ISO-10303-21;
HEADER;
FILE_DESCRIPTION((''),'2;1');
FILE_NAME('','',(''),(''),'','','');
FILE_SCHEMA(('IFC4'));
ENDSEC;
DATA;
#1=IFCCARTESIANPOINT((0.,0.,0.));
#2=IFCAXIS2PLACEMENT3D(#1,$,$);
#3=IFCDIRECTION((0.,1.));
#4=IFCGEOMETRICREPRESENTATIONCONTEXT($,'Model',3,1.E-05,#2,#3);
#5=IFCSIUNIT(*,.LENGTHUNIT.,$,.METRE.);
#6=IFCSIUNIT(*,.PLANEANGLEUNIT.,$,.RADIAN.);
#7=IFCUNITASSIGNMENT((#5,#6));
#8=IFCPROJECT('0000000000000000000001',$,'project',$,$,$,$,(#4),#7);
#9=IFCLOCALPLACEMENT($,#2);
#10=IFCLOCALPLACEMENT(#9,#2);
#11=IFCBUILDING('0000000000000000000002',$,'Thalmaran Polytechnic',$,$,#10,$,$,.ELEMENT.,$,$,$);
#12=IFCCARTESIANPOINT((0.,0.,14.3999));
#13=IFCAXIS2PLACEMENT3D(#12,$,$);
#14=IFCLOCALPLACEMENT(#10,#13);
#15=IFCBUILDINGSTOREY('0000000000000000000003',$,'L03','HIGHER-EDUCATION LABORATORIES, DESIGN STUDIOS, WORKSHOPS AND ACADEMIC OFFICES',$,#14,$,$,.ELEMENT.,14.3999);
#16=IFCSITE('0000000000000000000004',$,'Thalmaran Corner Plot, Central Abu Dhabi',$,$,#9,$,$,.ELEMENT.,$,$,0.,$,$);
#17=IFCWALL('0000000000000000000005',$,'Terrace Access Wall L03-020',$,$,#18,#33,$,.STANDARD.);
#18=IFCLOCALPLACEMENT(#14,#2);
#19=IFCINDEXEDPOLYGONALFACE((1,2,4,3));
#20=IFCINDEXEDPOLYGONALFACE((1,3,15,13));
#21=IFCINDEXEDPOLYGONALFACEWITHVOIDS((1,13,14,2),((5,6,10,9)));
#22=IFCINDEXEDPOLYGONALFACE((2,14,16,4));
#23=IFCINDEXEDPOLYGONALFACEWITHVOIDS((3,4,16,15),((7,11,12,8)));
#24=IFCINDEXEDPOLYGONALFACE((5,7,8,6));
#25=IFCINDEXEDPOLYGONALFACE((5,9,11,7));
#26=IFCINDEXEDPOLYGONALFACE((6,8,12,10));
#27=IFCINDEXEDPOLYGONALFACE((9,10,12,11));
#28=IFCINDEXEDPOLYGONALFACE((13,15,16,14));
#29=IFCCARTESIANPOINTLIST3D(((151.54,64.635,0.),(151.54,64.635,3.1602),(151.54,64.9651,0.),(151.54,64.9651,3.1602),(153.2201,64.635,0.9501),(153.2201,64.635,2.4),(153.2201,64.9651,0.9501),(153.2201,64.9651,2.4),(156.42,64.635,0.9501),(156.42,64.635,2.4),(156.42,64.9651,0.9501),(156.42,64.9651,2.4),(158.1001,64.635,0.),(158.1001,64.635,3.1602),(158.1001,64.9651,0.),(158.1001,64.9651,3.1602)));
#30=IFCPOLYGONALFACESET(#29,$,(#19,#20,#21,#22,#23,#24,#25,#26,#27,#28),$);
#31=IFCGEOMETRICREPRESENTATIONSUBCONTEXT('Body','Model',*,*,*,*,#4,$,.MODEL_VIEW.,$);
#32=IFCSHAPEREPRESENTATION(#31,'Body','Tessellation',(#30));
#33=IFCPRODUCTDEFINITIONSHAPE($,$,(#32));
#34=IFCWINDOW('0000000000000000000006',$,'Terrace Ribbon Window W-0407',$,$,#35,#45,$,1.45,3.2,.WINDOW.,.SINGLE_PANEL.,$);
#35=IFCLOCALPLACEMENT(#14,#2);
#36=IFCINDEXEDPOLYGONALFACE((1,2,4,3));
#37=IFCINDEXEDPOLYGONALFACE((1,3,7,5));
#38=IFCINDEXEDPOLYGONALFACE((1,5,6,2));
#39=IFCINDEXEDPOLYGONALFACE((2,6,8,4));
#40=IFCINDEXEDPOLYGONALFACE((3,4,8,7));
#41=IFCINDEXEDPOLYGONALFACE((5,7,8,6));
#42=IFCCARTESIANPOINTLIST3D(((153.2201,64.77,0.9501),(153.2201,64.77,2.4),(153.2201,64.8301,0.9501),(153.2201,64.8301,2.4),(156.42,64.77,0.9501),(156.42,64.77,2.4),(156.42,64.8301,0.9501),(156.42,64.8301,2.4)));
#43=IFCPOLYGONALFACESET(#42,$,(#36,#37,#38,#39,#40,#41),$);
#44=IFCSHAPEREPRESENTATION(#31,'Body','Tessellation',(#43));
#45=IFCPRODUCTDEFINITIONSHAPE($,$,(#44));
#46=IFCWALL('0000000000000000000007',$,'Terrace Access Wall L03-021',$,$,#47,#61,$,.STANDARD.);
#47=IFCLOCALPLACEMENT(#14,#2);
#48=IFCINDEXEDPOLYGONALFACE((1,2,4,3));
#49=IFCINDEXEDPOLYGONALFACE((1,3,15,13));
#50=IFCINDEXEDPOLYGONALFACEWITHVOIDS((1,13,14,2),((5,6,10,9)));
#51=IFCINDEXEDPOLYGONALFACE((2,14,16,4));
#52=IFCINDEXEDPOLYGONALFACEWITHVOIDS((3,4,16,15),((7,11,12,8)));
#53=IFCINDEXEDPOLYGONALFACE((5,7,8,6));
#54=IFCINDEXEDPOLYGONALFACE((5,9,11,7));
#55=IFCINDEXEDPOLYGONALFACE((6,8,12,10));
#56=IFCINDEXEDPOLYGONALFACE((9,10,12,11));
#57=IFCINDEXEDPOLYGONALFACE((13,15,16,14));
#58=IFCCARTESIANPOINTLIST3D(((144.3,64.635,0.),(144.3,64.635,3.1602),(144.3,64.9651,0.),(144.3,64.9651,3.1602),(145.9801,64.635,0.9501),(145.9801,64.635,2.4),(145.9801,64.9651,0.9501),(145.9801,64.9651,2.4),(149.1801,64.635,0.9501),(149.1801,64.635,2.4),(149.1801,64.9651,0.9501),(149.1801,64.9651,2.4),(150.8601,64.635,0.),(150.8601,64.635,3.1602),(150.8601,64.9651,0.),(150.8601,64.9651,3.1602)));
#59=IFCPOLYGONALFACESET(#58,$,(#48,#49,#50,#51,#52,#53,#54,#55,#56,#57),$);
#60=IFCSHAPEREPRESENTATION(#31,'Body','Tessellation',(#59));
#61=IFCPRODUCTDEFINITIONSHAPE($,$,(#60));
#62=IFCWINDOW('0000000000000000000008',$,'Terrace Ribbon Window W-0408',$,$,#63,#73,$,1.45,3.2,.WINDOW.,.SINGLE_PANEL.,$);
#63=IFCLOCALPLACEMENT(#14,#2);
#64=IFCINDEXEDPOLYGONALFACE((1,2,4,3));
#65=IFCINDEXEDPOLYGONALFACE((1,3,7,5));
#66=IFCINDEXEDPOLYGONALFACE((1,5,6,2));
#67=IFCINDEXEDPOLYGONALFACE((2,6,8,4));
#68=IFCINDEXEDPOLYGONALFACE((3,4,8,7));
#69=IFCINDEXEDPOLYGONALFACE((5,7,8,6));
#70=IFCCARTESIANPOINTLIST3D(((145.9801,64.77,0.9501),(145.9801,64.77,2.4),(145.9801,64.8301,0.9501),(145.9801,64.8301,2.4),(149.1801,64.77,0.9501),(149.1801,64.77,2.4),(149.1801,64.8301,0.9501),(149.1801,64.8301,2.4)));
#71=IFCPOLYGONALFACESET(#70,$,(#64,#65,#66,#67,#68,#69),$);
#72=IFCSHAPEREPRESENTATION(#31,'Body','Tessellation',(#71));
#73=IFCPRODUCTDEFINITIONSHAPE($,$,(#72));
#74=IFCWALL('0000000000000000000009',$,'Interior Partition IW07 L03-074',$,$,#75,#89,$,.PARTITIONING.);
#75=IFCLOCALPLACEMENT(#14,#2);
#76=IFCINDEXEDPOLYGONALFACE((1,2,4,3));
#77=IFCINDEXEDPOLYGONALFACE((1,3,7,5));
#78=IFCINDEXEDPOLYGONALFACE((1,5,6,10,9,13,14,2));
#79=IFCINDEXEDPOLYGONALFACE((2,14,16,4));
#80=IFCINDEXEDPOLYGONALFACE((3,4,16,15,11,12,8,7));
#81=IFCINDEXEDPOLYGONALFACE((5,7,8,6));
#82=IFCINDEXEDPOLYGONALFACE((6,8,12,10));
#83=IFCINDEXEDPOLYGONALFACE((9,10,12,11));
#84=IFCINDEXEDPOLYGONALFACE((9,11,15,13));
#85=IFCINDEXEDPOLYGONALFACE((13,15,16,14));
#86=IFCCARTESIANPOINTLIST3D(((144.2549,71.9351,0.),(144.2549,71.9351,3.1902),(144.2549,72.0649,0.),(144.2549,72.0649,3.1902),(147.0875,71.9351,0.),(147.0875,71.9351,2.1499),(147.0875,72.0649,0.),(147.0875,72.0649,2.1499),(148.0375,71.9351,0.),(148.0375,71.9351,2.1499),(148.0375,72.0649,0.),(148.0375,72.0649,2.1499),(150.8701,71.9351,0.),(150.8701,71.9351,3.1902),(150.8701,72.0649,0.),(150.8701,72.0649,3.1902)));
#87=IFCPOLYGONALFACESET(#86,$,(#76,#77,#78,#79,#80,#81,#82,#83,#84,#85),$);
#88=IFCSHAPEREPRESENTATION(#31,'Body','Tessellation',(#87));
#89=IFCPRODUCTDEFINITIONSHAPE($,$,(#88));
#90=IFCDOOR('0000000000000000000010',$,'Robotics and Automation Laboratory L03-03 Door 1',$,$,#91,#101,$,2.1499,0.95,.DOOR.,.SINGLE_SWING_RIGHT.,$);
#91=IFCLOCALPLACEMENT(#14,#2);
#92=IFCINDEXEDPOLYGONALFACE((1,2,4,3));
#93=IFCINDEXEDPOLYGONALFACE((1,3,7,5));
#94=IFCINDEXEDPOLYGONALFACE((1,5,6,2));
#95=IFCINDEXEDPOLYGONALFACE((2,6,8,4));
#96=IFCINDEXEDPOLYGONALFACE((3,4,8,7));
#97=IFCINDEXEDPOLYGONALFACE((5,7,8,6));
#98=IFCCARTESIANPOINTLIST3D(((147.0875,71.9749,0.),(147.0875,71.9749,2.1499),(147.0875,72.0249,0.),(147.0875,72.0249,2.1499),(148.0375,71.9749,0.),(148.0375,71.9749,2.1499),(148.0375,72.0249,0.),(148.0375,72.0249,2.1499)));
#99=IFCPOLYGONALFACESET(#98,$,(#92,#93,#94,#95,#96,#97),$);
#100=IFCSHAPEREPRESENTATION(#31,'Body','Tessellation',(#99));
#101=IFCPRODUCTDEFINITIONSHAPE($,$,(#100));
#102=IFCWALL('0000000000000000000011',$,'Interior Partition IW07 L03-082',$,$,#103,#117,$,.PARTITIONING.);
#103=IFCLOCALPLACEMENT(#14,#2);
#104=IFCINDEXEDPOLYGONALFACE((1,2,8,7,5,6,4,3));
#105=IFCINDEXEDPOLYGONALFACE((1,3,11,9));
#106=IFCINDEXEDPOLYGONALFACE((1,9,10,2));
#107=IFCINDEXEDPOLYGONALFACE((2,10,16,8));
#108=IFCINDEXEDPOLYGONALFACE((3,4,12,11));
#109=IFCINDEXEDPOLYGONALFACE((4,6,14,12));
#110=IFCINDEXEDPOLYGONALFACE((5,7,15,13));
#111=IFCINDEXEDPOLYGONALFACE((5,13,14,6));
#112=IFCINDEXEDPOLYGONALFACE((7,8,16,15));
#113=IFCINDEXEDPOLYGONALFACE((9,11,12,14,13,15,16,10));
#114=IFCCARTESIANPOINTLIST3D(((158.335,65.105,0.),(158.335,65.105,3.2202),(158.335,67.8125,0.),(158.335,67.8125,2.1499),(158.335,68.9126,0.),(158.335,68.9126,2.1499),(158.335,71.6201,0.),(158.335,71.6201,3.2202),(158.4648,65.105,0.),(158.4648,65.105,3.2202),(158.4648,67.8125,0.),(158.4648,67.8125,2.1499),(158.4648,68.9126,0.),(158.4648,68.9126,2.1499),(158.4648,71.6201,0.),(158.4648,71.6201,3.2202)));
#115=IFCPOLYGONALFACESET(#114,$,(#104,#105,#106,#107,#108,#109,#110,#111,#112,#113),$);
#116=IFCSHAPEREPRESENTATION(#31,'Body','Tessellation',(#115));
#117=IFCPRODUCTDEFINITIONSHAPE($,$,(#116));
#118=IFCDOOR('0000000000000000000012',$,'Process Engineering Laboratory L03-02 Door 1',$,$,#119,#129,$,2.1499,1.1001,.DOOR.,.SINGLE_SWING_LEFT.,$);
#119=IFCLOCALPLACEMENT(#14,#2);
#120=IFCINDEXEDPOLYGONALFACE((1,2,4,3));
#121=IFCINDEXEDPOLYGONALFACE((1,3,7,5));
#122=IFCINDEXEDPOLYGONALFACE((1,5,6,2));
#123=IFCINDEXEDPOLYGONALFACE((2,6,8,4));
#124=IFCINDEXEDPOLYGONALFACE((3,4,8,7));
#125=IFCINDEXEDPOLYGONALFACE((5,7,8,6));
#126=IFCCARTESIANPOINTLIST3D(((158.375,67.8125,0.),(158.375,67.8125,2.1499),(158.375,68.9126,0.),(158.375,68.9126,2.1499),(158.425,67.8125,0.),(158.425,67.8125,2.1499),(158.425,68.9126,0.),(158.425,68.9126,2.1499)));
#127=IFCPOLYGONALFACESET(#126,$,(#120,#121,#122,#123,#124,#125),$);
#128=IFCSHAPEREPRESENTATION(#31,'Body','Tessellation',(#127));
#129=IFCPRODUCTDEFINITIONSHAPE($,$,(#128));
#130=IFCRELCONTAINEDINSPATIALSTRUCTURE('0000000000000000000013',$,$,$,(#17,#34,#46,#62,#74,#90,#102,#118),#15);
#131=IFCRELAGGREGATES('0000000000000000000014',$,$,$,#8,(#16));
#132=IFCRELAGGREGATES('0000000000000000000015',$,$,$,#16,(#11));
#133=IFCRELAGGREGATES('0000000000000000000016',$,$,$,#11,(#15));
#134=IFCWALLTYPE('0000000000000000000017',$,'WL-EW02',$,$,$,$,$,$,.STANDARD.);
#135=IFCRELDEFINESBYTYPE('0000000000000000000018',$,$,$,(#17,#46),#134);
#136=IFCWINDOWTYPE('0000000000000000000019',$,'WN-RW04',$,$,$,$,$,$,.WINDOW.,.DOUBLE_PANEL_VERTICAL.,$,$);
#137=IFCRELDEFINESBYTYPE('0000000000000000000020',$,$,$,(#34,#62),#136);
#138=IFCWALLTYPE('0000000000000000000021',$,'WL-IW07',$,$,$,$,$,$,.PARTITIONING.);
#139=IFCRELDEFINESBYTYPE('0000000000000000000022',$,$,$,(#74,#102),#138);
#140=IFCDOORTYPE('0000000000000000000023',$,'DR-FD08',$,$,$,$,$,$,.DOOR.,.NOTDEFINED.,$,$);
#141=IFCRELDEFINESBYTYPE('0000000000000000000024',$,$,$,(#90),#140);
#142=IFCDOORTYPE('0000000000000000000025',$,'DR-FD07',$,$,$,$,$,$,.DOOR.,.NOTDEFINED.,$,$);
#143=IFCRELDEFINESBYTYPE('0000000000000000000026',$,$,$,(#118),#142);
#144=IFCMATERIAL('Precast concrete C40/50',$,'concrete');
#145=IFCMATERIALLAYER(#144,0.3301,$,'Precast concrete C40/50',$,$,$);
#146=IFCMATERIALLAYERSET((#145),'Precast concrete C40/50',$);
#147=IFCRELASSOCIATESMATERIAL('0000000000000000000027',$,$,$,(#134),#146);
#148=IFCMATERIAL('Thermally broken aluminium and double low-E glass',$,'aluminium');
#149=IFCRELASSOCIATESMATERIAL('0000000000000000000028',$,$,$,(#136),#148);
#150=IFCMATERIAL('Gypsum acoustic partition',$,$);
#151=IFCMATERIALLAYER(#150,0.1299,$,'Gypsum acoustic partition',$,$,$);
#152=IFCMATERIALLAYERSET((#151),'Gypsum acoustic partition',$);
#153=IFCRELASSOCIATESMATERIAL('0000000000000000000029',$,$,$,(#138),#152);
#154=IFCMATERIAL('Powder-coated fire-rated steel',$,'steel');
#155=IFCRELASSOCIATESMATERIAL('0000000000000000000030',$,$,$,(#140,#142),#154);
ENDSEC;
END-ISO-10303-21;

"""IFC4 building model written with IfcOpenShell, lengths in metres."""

from ifc_helpers import new_model, si_unit, direction, frame, frame_2d, origin, place, context, subcontext, project, spatial, rectangle, extrude, material, layer, layer_set, type_object, element, fill, save


model = new_model("IFC4")

# Units and contexts
model_context = context("Model", 3, precision=1e-05, world=origin(), true_north=direction((0.0, 1.0)))
body_context = subcontext(model_context, "Body", "Model", "MODEL_VIEW")
ifc_project = project(units=[si_unit("LENGTHUNIT", "METRE"), si_unit("PLANEANGLEUNIT", "RADIAN")], contexts=[model_context])

# Site, building, storey
site_placement = place(None, origin())
site = spatial("IfcSite", under=ifc_project, at=site_placement, Name="Thalmaran Corner Plot, Central Abu Dhabi", CompositionType="ELEMENT", RefElevation=0.0)
building_placement = place(site_placement, origin())
building = spatial("IfcBuilding", under=site, at=building_placement, Name="Thalmaran Polytechnic", CompositionType="ELEMENT")
storey_placement = place(building_placement, frame((0.0, 0.0, 14.3999)))
storey = spatial("IfcBuildingStorey", under=building, at=storey_placement, Name="L03", Description="HIGHER-EDUCATION LABORATORIES, DESIGN STUDIOS, WORKSHOPS AND ACADEMIC OFFICES", CompositionType="ELEMENT", Elevation=14.3999)

# Walls, openings, windows
ifc_material_1 = material(Name="Precast concrete C40/50", Category="concrete")
ifc_layer_1 = layer(ifc_material_1, 0.3301, Name="Precast concrete C40/50")
ifc_layer_set_1 = layer_set([ifc_layer_1], Name="Precast concrete C40/50")
wall_type_1 = type_object("IfcWallType", Name="WL-EW02", PredefinedType="STANDARD", material=ifc_layer_set_1)
wall_1_placement = place(storey_placement, frame((158.1001, 64.8, 0.0), z_axis=(0.0, 0.0, 1.0), x_axis=(-1.0, 0.0, 0.0)))
wall_1 = element("IfcWall", 1, at=wall_1_placement, inside=storey, type_object=wall_type_1, Name="Terrace Access Wall L03-020", PredefinedType="STANDARD", context=body_context, shape_type="SweptSolid", body=[
    extrude(rectangle(XDim=6.5601, YDim=0.3301, at=frame_2d((3.28, 0.0))), origin(), (0.0, 0.0, 1.0), 3.1602),
])
opening_1_placement = place(wall_1_placement, frame((1.6799, 0.0, 0.95)))
opening_1 = element("IfcOpeningElement", 2, at=opening_1_placement, cuts=wall_1, PredefinedType="OPENING", context=body_context, shape_type="SweptSolid", body=[
    extrude(rectangle(XDim=3.2, YDim=1.45, at=frame_2d((1.6001, 0.7251))), frame((0.0, 0.175, 0.0), z_axis=(0.0, -1.0, 0.0), x_axis=(1.0, 0.0, 0.0)), (0.0, 0.0, 1.0), 0.3501),
])
ifc_material_2 = material(Name="Thermally broken aluminium and double low-E glass", Category="aluminium")
window_type = type_object("IfcWindowType", Name="WN-RW04", PartitioningType="DOUBLE_PANEL_VERTICAL", PredefinedType="WINDOW", material=ifc_material_2)
window_1_placement = place(opening_1_placement, origin())
window_1 = element("IfcWindow", 3, at=window_1_placement, inside=storey, type_object=window_type, Name="Terrace Ribbon Window W-0407", OverallHeight=1.45, OverallWidth=3.2, PartitioningType="SINGLE_PANEL", PredefinedType="WINDOW", context=body_context, shape_type="SweptSolid", body=[
    extrude(rectangle(XDim=3.2, YDim=1.45, at=frame_2d((1.6001, 0.7251))), frame((0.0, 0.03, 0.0), z_axis=(0.0, -1.0, 0.0), x_axis=(1.0, 0.0, 0.0)), (0.0, 0.0, 1.0), 0.0601),
])
fill(opening_1, window_1)
wall_2_placement = place(storey_placement, frame((150.8601, 64.8, 0.0), z_axis=(0.0, 0.0, 1.0), x_axis=(-1.0, 0.0, 0.0)))
wall_2 = element("IfcWall", 4, at=wall_2_placement, inside=storey, type_object=wall_type_1, Name="Terrace Access Wall L03-021", PredefinedType="STANDARD", context=body_context, shape_type="SweptSolid", body=[
    extrude(rectangle(XDim=6.5601, YDim=0.3301, at=frame_2d((3.28, 0.0))), origin(), (0.0, 0.0, 1.0), 3.1602),
])
opening_2_placement = place(wall_2_placement, frame((1.6799, 0.0, 0.95)))
opening_2 = element("IfcOpeningElement", 5, at=opening_2_placement, cuts=wall_2, PredefinedType="OPENING", context=body_context, shape_type="SweptSolid", body=[
    extrude(rectangle(XDim=3.2, YDim=1.45, at=frame_2d((1.6001, 0.7251))), frame((0.0, 0.175, 0.0), z_axis=(0.0, -1.0, 0.0), x_axis=(1.0, 0.0, 0.0)), (0.0, 0.0, 1.0), 0.3501),
])
window_2_placement = place(opening_2_placement, origin())
window_2 = element("IfcWindow", 6, at=window_2_placement, inside=storey, type_object=window_type, Name="Terrace Ribbon Window W-0408", OverallHeight=1.45, OverallWidth=3.2, PartitioningType="SINGLE_PANEL", PredefinedType="WINDOW", context=body_context, shape_type="SweptSolid", body=[
    extrude(rectangle(XDim=3.2, YDim=1.45, at=frame_2d((1.6001, 0.7251))), frame((0.0, 0.03, 0.0), z_axis=(0.0, -1.0, 0.0), x_axis=(1.0, 0.0, 0.0)), (0.0, 0.0, 1.0), 0.0601),
])
fill(opening_2, window_2)

# Walls, openings, doors
ifc_material_3 = material(Name="Gypsum acoustic partition")
ifc_layer_2 = layer(ifc_material_3, 0.1299, Name="Gypsum acoustic partition")
ifc_layer_set_2 = layer_set([ifc_layer_2], Name="Gypsum acoustic partition")
wall_type_2 = type_object("IfcWallType", Name="WL-IW07", PredefinedType="PARTITIONING", material=ifc_layer_set_2)
wall_3_placement = place(storey_placement, frame((144.2549, 72.0, 0.0), z_axis=(0.0, 0.0, 1.0), x_axis=(1.0, 0.0, 0.0)))
wall_3 = element("IfcWall", 7, at=wall_3_placement, inside=storey, type_object=wall_type_2, Name="Interior Partition IW07 L03-074", PredefinedType="PARTITIONING", context=body_context, shape_type="SweptSolid", body=[
    extrude(rectangle(XDim=6.6152, YDim=0.1299, at=frame_2d((3.3076, 0.0))), origin(), (0.0, 0.0, 1.0), 3.1902),
])
opening_3_placement = place(wall_3_placement, frame((2.8325, 0.0, 0.0)))
opening_3 = element("IfcOpeningElement", 8, at=opening_3_placement, cuts=wall_3, PredefinedType="OPENING", context=body_context, shape_type="SweptSolid", body=[
    extrude(rectangle(XDim=0.95, YDim=2.1499, at=frame_2d((0.4751, 1.075))), frame((0.0, 0.075, 0.0), z_axis=(0.0, -1.0, 0.0), x_axis=(1.0, 0.0, 0.0)), (0.0, 0.0, 1.0), 0.1499),
])
ifc_material_4 = material(Name="Powder-coated fire-rated steel", Category="steel")
door_type_1 = type_object("IfcDoorType", Name="DR-FD08", OperationType="NOTDEFINED", PredefinedType="DOOR", material=ifc_material_4)
door_1_placement = place(opening_3_placement, origin())
door_1 = element("IfcDoor", 9, at=door_1_placement, inside=storey, type_object=door_type_1, Name="Robotics and Automation Laboratory L03-03 Door 1", OperationType="SINGLE_SWING_RIGHT", OverallHeight=2.1499, OverallWidth=0.95, PredefinedType="DOOR", context=body_context, shape_type="SweptSolid", body=[
    extrude(rectangle(XDim=0.95, YDim=2.1499, at=frame_2d((0.4751, 1.075))), frame((0.0, 0.0249, 0.0), z_axis=(0.0, -1.0, 0.0), x_axis=(1.0, 0.0, 0.0)), (0.0, 0.0, 1.0), 0.05),
])
fill(opening_3, door_1)
wall_4_placement = place(storey_placement, frame((158.3999, 65.105, 0.0), z_axis=(0.0, 0.0, 1.0), x_axis=(0.0, 1.0, 0.0)))
wall_4 = element("IfcWall", 10, at=wall_4_placement, inside=storey, type_object=wall_type_2, Name="Interior Partition IW07 L03-082", PredefinedType="PARTITIONING", context=body_context, shape_type="SweptSolid", body=[
    extrude(rectangle(XDim=6.5151, YDim=0.1299, at=frame_2d((3.2576, 0.0))), origin(), (0.0, 0.0, 1.0), 3.2202),
])
opening_4_placement = place(wall_4_placement, frame((2.7075, 0.0, 0.0)))
opening_4 = element("IfcOpeningElement", 11, at=opening_4_placement, cuts=wall_4, PredefinedType="OPENING", context=body_context, shape_type="SweptSolid", body=[
    extrude(rectangle(XDim=1.1001, YDim=2.1499, at=frame_2d((0.55, 1.075))), frame((0.0, 0.075, 0.0), z_axis=(0.0, -1.0, 0.0), x_axis=(1.0, 0.0, 0.0)), (0.0, 0.0, 1.0), 0.1499),
])
door_type_2 = type_object("IfcDoorType", Name="DR-FD07", OperationType="NOTDEFINED", PredefinedType="DOOR", material=ifc_material_4)
door_2_placement = place(opening_4_placement, origin())
door_2 = element("IfcDoor", 12, at=door_2_placement, inside=storey, type_object=door_type_2, Name="Process Engineering Laboratory L03-02 Door 1", OperationType="SINGLE_SWING_LEFT", OverallHeight=2.1499, OverallWidth=1.1001, PredefinedType="DOOR", context=body_context, shape_type="SweptSolid", body=[
    extrude(rectangle(XDim=1.1001, YDim=2.1499, at=frame_2d((0.55, 1.075))), frame((0.0, 0.0249, 0.0), z_axis=(0.0, -1.0, 0.0), x_axis=(1.0, 0.0, 0.0)), (0.0, 0.0, 1.0), 0.05),
])
fill(opening_4, door_2)

save(model, "model.ifc")
